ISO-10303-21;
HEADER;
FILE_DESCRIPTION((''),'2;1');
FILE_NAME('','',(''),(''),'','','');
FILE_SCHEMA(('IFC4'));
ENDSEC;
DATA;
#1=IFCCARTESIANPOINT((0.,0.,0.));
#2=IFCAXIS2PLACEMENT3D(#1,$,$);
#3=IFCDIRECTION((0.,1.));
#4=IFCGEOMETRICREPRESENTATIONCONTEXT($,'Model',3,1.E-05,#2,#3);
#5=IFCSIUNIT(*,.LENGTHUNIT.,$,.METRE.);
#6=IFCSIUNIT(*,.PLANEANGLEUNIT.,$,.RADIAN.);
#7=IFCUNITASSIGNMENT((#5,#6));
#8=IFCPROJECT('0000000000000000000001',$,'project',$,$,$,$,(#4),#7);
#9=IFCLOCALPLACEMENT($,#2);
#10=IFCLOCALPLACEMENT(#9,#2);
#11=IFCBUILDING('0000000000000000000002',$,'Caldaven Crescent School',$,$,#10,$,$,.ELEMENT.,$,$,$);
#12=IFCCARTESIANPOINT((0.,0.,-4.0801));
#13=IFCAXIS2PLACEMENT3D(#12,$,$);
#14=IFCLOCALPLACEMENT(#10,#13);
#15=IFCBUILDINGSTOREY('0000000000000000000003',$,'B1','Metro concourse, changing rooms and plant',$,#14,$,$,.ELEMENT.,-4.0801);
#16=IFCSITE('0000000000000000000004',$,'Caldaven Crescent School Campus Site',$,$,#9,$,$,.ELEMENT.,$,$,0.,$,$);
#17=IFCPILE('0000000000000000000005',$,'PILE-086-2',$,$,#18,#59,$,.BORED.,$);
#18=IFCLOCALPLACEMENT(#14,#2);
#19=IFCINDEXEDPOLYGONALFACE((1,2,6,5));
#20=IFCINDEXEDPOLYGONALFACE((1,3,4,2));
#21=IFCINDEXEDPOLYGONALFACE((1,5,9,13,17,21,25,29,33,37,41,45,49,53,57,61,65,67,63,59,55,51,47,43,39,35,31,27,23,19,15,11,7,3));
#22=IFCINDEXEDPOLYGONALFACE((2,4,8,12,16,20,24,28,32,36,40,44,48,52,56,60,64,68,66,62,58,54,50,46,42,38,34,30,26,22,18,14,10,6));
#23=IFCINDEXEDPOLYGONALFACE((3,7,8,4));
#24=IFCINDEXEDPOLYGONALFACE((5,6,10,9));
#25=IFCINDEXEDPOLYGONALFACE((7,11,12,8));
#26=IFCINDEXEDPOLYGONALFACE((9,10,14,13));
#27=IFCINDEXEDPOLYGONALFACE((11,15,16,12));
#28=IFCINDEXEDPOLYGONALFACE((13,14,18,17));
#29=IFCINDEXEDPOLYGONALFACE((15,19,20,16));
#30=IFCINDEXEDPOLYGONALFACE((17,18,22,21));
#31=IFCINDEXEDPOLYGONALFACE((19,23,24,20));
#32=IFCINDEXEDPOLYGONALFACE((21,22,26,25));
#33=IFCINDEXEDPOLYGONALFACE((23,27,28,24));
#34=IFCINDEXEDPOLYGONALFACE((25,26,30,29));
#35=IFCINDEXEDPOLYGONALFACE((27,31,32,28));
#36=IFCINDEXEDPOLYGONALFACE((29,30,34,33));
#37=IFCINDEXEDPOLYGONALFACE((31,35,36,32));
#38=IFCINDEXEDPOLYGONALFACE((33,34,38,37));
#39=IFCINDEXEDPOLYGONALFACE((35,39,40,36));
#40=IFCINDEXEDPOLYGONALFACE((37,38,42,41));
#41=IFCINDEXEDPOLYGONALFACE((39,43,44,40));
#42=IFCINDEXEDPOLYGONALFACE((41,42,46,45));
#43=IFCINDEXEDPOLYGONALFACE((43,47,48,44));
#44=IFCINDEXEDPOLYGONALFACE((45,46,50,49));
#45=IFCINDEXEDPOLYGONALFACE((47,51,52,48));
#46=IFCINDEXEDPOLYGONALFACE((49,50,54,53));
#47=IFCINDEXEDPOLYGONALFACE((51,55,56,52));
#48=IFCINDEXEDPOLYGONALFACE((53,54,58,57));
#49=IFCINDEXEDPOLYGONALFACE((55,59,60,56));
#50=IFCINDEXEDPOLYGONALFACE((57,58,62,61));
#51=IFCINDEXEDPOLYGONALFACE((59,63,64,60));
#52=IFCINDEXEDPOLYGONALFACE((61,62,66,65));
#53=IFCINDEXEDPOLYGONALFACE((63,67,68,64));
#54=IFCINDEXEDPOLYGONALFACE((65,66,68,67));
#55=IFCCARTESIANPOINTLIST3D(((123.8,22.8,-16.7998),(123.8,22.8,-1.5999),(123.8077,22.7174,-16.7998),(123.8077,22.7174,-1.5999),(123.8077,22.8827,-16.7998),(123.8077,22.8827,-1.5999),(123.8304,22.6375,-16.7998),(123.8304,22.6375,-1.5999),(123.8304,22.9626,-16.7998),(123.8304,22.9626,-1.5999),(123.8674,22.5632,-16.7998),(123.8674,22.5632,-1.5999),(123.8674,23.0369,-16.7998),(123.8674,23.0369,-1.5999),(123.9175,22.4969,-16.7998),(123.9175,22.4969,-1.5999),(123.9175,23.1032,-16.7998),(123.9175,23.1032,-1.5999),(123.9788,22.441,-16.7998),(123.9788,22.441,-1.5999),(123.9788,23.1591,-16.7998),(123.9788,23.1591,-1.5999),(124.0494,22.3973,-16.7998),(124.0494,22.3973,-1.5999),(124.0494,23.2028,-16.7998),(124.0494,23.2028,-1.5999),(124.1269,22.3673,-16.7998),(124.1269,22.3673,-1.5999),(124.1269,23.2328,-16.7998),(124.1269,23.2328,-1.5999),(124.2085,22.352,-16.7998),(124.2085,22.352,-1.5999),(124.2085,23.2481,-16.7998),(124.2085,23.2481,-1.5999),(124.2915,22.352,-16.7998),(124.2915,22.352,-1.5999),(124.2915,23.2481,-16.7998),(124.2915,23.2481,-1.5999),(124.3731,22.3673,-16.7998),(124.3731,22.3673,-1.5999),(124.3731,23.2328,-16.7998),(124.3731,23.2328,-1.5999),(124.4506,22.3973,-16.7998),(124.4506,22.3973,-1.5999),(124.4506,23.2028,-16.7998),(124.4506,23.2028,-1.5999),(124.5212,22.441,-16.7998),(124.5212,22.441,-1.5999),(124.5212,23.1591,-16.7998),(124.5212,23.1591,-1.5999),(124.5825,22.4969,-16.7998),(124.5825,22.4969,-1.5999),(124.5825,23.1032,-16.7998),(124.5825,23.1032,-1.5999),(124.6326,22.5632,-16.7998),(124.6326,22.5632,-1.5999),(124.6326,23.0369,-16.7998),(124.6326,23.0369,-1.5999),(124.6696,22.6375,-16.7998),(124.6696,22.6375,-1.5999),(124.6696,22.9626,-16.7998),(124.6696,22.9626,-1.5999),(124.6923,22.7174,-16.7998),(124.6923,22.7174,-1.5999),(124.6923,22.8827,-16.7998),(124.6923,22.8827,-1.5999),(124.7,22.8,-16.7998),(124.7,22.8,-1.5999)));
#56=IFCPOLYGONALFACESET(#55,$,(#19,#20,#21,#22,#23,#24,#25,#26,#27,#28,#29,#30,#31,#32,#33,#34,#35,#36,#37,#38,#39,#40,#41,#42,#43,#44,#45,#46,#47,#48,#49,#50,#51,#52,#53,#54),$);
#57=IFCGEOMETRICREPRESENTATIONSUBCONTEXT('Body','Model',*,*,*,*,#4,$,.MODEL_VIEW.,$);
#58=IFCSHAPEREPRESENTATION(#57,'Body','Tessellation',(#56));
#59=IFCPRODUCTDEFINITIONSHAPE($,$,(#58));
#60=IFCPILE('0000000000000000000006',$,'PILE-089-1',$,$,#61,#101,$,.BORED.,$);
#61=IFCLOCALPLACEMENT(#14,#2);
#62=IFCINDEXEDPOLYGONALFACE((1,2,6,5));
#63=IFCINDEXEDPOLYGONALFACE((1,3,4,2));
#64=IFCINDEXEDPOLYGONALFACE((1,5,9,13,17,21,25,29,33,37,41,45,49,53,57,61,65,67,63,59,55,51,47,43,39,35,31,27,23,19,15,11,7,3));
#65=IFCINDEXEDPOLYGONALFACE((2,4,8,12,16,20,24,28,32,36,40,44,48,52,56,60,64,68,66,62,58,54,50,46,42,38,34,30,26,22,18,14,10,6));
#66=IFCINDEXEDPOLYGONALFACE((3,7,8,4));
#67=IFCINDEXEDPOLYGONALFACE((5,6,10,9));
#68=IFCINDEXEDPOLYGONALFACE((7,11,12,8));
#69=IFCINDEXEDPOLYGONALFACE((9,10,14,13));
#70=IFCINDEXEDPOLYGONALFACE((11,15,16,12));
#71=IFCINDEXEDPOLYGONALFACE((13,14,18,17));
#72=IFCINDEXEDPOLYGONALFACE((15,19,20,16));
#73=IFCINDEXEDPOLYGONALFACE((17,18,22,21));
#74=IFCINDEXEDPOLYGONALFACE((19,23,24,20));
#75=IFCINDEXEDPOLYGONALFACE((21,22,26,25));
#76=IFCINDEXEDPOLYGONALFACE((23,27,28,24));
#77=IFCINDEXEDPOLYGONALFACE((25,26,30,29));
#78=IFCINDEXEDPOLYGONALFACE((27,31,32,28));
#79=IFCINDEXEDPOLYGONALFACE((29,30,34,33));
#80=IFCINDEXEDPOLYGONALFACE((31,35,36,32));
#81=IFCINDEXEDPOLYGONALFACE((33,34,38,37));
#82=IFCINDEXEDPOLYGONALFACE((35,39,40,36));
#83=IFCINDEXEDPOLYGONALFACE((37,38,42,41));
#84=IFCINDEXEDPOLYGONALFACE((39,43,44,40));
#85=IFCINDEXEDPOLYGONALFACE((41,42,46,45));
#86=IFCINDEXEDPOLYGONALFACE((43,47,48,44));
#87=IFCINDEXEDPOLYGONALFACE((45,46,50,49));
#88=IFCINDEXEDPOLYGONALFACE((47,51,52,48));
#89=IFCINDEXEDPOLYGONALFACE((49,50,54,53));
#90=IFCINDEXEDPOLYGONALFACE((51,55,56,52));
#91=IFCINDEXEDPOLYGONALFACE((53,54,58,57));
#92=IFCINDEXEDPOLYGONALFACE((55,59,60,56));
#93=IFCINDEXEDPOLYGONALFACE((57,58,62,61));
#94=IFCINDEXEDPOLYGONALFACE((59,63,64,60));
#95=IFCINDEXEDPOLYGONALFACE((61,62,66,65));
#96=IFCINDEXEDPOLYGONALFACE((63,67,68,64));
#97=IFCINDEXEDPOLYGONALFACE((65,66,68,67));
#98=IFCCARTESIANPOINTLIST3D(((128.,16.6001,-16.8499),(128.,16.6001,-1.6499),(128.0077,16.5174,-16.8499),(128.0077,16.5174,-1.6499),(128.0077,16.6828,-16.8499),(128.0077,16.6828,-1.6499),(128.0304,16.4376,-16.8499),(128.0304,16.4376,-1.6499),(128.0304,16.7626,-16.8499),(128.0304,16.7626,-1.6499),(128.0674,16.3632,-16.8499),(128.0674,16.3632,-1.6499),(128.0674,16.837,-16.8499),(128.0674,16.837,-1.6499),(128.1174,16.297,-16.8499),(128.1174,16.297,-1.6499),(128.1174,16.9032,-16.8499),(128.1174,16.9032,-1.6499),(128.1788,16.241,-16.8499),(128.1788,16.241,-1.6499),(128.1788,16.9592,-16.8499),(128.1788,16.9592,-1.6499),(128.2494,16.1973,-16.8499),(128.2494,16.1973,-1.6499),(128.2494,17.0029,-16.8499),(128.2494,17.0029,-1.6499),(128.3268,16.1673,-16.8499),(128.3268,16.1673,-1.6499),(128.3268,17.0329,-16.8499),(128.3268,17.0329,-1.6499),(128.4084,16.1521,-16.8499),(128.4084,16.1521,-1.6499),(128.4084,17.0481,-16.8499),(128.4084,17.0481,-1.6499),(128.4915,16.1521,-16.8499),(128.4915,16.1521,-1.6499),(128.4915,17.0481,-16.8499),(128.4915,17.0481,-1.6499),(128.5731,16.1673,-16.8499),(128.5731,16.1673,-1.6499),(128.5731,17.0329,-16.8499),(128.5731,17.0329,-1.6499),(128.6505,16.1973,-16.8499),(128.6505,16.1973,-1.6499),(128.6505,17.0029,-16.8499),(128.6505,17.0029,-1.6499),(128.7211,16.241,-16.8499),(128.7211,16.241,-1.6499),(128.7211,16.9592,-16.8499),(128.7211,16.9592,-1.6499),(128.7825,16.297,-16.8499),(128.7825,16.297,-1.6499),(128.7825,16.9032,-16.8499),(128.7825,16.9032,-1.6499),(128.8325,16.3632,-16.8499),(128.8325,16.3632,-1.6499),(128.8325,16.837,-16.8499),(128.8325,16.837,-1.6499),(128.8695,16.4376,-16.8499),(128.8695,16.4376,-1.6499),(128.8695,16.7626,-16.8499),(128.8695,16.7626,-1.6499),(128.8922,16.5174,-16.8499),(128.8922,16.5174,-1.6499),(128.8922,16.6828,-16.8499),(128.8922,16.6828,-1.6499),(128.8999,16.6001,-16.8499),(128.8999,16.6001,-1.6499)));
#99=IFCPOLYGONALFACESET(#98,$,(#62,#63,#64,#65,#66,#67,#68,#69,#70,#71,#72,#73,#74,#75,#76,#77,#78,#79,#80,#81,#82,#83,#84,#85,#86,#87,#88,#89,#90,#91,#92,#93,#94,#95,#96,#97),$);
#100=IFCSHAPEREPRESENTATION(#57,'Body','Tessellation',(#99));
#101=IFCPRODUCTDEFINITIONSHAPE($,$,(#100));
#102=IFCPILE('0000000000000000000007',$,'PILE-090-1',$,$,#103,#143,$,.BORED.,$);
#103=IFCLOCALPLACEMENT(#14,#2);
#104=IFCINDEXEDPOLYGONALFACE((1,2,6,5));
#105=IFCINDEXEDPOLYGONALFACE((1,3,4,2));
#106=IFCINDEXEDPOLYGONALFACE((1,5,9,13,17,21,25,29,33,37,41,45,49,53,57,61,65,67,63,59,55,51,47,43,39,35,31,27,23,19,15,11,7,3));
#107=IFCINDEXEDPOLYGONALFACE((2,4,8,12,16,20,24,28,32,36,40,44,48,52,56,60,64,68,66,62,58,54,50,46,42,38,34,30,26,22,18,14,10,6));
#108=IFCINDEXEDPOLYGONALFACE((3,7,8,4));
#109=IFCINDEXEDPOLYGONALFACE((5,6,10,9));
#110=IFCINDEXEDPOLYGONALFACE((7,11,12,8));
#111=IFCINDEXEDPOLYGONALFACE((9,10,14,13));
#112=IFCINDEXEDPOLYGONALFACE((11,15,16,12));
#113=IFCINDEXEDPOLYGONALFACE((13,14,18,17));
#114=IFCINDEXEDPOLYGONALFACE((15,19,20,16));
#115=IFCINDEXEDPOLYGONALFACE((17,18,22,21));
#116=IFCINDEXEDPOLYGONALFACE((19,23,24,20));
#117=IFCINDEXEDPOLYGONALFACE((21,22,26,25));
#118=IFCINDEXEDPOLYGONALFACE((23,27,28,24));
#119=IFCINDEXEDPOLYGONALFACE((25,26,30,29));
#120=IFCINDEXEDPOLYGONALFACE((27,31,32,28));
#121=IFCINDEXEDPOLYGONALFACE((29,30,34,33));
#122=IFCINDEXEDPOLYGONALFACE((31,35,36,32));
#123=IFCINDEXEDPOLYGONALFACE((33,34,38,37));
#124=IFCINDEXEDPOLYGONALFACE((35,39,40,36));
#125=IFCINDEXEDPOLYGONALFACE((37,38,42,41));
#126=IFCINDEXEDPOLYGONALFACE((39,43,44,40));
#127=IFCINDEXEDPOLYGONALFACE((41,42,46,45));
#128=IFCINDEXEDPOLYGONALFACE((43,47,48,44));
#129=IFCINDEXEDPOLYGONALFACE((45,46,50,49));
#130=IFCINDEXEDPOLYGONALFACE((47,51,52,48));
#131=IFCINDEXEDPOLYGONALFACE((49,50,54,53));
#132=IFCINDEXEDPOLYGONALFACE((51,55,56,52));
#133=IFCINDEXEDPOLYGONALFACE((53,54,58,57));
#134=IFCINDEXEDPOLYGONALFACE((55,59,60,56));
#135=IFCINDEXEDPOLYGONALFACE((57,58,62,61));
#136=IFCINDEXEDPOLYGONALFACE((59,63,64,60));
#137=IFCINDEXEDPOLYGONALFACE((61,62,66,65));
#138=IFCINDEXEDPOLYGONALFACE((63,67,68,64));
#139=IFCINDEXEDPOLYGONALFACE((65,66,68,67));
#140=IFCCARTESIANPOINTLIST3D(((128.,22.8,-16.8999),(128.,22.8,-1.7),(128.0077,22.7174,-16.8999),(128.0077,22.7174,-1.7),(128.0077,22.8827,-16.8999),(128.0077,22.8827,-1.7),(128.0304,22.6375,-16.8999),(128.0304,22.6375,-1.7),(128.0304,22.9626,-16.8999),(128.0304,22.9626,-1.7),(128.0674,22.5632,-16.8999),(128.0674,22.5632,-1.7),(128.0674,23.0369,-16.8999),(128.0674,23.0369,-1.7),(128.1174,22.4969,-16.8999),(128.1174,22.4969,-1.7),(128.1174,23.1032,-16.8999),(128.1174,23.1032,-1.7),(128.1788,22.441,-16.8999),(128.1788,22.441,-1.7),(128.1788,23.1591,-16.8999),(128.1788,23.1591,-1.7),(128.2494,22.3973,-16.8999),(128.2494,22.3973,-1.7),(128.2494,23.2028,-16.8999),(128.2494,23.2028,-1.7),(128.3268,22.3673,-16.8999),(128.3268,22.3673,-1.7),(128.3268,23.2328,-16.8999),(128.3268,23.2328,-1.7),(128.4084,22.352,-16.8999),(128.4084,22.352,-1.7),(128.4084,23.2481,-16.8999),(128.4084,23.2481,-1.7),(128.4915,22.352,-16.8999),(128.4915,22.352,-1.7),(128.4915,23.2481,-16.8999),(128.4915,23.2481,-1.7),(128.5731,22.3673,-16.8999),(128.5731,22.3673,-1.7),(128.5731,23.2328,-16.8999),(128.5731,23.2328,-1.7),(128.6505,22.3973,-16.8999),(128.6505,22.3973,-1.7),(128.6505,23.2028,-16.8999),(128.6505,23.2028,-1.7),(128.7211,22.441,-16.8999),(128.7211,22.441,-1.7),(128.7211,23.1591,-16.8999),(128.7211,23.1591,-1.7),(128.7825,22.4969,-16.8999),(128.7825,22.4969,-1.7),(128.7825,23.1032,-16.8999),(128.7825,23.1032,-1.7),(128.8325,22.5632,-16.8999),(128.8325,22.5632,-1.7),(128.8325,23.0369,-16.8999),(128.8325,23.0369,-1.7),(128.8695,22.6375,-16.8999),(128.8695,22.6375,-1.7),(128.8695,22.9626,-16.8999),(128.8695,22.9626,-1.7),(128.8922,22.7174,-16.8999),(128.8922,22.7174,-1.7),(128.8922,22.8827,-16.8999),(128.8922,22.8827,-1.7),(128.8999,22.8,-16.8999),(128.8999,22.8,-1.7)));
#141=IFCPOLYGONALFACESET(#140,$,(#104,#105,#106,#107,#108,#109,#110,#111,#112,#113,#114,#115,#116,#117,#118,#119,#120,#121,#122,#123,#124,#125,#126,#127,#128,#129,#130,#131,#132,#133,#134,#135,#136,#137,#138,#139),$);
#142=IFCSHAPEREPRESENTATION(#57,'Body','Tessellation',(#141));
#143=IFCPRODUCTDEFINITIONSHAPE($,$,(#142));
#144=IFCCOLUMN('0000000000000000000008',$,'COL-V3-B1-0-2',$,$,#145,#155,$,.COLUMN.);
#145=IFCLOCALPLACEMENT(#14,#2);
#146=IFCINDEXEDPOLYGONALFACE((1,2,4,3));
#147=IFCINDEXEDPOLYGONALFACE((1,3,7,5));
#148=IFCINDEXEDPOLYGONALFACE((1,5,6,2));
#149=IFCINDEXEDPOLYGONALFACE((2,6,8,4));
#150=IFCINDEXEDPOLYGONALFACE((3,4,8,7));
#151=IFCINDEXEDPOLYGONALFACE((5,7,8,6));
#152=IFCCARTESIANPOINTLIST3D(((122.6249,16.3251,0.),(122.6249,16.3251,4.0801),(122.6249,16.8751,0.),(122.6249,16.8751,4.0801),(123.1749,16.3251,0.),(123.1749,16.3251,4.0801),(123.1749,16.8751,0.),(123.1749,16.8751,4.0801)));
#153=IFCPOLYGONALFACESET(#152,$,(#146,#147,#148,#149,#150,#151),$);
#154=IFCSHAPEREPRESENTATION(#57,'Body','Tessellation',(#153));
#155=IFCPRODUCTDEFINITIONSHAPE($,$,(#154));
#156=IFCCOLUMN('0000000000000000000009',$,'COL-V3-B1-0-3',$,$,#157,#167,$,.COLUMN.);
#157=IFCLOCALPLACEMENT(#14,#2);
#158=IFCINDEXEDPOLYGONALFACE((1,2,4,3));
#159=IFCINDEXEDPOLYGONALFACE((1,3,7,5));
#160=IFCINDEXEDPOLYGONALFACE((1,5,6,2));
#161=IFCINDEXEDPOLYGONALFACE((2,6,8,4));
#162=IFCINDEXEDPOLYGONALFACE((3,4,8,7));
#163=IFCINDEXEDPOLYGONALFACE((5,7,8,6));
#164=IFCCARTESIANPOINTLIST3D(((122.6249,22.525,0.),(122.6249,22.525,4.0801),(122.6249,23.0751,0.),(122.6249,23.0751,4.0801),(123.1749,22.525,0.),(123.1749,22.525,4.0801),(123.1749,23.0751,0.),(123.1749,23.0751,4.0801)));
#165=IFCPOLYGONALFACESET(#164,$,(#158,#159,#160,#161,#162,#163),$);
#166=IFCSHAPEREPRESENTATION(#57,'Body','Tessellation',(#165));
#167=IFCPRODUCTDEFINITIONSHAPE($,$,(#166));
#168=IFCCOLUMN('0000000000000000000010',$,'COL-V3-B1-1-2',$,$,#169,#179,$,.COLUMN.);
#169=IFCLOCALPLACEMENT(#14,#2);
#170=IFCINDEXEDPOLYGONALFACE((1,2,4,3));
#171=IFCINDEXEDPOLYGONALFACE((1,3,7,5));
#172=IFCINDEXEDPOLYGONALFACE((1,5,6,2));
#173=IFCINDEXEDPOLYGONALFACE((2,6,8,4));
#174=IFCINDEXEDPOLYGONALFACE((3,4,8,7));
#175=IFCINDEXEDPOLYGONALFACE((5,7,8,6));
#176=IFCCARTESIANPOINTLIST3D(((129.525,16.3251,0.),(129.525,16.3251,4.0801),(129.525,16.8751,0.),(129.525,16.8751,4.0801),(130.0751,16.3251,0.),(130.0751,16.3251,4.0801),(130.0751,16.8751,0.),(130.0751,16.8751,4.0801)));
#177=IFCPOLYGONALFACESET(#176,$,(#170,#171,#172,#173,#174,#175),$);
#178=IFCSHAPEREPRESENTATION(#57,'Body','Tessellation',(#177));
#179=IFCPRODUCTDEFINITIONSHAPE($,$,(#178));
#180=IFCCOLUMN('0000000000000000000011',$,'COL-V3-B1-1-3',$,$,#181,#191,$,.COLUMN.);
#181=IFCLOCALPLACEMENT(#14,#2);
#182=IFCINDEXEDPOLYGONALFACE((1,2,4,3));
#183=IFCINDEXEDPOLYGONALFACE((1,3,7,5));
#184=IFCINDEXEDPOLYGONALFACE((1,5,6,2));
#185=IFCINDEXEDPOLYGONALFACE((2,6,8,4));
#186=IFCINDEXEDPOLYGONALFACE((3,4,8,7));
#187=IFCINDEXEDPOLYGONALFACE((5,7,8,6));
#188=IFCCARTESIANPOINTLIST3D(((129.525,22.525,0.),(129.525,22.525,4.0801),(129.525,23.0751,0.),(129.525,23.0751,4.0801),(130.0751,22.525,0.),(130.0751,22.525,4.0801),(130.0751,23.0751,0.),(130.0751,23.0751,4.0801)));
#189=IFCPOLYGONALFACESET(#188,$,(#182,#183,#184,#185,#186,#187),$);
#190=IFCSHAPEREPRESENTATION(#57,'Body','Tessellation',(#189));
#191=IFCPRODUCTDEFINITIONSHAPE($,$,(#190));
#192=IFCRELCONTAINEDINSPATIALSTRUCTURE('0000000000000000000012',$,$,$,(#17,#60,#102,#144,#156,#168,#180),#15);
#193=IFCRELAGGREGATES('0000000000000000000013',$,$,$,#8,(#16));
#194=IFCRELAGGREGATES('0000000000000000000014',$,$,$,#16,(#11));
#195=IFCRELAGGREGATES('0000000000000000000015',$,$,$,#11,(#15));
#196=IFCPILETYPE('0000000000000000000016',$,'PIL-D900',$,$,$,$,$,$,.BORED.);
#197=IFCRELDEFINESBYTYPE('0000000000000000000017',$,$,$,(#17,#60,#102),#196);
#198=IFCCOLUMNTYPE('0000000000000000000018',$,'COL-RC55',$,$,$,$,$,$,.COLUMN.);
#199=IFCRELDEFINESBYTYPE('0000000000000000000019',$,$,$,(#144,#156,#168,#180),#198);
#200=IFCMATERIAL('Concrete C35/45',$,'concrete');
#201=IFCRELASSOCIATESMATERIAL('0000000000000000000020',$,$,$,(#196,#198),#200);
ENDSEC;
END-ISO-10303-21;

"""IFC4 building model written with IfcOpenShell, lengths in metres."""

from ifc_helpers import new_model, si_unit, direction, frame, origin, origin_2d, place, context, subcontext, project, spatial, rectangle, circle, extrude, material, material_profile, profile_set, type_object, element, save


model = new_model("IFC4")

# Units and contexts
model_context = context("Model", 3, precision=1e-05, world=origin(), true_north=direction((0.0, 1.0)))
body_context = subcontext(model_context, "Body", "Model", "MODEL_VIEW")
ifc_project = project(units=[si_unit("LENGTHUNIT", "METRE"), si_unit("PLANEANGLEUNIT", "RADIAN")], contexts=[model_context])

# Site, building, storey
site_placement = place(None, origin())
site = spatial("IfcSite", under=ifc_project, at=site_placement, Name="Caldaven Crescent School Campus Site", CompositionType="ELEMENT", RefElevation=0.0)
building_placement = place(site_placement, origin())
building = spatial("IfcBuilding", under=site, at=building_placement, Name="Caldaven Crescent School", CompositionType="ELEMENT")
storey_placement = place(building_placement, frame((0.0, 0.0, -4.0801)))
storey = spatial("IfcBuildingStorey", under=building, at=storey_placement, Name="B1", Description="Metro concourse, changing rooms and plant", CompositionType="ELEMENT", Elevation=-4.0801)

# Shared definitions
ifc_material_1 = material(Name="Concrete C35/45", Category="concrete")

# Piles
ifc_material_profile_1 = material_profile(ifc_material_1, circle(Radius=0.45, at=origin_2d()), Name="PILE D900")
ifc_profile_set_1 = profile_set([ifc_material_profile_1], Name="Concrete C35/45")
pile_type_1 = type_object("IfcPileType", Name="PIL-D900", PredefinedType="BORED", material=ifc_profile_set_1)
for number, where, z_axis, x_axis, name in (
    (1, (124.25, 22.8, -1.5999), (0.0, 0.0, -1.0), (1.0, 0.0, 0.0), "PILE-086-2"),
    (2, (128.45, 16.6001, -1.6499), (0.0, 0.0, -1.0), (1.0, 0.0, 0.0), "PILE-089-1"),
    (3, (128.45, 22.8, -1.7), (0.0, 0.0, -1.0), (1.0, 0.0, 0.0), "PILE-090-1"),
):
    element("IfcPile", number, at=place(storey_placement, frame(where, z_axis=z_axis, x_axis=x_axis)), inside=storey, type_object=pile_type_1, Name=name, PredefinedType="BORED", context=body_context, shape_type="SweptSolid", body=[
        extrude(circle(Radius=0.45, at=origin_2d()), origin(), (0.0, 0.0, 1.0), 15.2),
    ])

# Columns
ifc_material_profile_2 = material_profile(ifc_material_1, rectangle(XDim=0.55, YDim=0.55, at=origin_2d()), Name="RC 550x550")
ifc_profile_set_2 = profile_set([ifc_material_profile_2], Name="Concrete C35/45")
column_type = type_object("IfcColumnType", Name="COL-RC55", PredefinedType="COLUMN", material=ifc_profile_set_2)
for number, where, z_axis, x_axis, name in (
    (4, (122.8999, 16.6001, 0.0), (0.0, 0.0, 1.0), (1.0, 0.0, 0.0), "COL-V3-B1-0-2"),
    (5, (122.8999, 22.8, 0.0), (0.0, 0.0, 1.0), (1.0, 0.0, 0.0), "COL-V3-B1-0-3"),
    (6, (129.8, 16.6001, 0.0), (0.0, 0.0, 1.0), (1.0, 0.0, 0.0), "COL-V3-B1-1-2"),
    (7, (129.8, 22.8, 0.0), (0.0, 0.0, 1.0), (1.0, 0.0, 0.0), "COL-V3-B1-1-3"),
):
    element("IfcColumn", number, at=place(storey_placement, frame(where, z_axis=z_axis, x_axis=x_axis)), inside=storey, type_object=column_type, Name=name, PredefinedType="COLUMN", context=body_context, shape_type="SweptSolid", body=[
        extrude(rectangle(XDim=0.55, YDim=0.55, at=origin_2d()), origin(), (0.0, 0.0, 1.0), 4.0801),
    ])

save(model, "model.ifc")
